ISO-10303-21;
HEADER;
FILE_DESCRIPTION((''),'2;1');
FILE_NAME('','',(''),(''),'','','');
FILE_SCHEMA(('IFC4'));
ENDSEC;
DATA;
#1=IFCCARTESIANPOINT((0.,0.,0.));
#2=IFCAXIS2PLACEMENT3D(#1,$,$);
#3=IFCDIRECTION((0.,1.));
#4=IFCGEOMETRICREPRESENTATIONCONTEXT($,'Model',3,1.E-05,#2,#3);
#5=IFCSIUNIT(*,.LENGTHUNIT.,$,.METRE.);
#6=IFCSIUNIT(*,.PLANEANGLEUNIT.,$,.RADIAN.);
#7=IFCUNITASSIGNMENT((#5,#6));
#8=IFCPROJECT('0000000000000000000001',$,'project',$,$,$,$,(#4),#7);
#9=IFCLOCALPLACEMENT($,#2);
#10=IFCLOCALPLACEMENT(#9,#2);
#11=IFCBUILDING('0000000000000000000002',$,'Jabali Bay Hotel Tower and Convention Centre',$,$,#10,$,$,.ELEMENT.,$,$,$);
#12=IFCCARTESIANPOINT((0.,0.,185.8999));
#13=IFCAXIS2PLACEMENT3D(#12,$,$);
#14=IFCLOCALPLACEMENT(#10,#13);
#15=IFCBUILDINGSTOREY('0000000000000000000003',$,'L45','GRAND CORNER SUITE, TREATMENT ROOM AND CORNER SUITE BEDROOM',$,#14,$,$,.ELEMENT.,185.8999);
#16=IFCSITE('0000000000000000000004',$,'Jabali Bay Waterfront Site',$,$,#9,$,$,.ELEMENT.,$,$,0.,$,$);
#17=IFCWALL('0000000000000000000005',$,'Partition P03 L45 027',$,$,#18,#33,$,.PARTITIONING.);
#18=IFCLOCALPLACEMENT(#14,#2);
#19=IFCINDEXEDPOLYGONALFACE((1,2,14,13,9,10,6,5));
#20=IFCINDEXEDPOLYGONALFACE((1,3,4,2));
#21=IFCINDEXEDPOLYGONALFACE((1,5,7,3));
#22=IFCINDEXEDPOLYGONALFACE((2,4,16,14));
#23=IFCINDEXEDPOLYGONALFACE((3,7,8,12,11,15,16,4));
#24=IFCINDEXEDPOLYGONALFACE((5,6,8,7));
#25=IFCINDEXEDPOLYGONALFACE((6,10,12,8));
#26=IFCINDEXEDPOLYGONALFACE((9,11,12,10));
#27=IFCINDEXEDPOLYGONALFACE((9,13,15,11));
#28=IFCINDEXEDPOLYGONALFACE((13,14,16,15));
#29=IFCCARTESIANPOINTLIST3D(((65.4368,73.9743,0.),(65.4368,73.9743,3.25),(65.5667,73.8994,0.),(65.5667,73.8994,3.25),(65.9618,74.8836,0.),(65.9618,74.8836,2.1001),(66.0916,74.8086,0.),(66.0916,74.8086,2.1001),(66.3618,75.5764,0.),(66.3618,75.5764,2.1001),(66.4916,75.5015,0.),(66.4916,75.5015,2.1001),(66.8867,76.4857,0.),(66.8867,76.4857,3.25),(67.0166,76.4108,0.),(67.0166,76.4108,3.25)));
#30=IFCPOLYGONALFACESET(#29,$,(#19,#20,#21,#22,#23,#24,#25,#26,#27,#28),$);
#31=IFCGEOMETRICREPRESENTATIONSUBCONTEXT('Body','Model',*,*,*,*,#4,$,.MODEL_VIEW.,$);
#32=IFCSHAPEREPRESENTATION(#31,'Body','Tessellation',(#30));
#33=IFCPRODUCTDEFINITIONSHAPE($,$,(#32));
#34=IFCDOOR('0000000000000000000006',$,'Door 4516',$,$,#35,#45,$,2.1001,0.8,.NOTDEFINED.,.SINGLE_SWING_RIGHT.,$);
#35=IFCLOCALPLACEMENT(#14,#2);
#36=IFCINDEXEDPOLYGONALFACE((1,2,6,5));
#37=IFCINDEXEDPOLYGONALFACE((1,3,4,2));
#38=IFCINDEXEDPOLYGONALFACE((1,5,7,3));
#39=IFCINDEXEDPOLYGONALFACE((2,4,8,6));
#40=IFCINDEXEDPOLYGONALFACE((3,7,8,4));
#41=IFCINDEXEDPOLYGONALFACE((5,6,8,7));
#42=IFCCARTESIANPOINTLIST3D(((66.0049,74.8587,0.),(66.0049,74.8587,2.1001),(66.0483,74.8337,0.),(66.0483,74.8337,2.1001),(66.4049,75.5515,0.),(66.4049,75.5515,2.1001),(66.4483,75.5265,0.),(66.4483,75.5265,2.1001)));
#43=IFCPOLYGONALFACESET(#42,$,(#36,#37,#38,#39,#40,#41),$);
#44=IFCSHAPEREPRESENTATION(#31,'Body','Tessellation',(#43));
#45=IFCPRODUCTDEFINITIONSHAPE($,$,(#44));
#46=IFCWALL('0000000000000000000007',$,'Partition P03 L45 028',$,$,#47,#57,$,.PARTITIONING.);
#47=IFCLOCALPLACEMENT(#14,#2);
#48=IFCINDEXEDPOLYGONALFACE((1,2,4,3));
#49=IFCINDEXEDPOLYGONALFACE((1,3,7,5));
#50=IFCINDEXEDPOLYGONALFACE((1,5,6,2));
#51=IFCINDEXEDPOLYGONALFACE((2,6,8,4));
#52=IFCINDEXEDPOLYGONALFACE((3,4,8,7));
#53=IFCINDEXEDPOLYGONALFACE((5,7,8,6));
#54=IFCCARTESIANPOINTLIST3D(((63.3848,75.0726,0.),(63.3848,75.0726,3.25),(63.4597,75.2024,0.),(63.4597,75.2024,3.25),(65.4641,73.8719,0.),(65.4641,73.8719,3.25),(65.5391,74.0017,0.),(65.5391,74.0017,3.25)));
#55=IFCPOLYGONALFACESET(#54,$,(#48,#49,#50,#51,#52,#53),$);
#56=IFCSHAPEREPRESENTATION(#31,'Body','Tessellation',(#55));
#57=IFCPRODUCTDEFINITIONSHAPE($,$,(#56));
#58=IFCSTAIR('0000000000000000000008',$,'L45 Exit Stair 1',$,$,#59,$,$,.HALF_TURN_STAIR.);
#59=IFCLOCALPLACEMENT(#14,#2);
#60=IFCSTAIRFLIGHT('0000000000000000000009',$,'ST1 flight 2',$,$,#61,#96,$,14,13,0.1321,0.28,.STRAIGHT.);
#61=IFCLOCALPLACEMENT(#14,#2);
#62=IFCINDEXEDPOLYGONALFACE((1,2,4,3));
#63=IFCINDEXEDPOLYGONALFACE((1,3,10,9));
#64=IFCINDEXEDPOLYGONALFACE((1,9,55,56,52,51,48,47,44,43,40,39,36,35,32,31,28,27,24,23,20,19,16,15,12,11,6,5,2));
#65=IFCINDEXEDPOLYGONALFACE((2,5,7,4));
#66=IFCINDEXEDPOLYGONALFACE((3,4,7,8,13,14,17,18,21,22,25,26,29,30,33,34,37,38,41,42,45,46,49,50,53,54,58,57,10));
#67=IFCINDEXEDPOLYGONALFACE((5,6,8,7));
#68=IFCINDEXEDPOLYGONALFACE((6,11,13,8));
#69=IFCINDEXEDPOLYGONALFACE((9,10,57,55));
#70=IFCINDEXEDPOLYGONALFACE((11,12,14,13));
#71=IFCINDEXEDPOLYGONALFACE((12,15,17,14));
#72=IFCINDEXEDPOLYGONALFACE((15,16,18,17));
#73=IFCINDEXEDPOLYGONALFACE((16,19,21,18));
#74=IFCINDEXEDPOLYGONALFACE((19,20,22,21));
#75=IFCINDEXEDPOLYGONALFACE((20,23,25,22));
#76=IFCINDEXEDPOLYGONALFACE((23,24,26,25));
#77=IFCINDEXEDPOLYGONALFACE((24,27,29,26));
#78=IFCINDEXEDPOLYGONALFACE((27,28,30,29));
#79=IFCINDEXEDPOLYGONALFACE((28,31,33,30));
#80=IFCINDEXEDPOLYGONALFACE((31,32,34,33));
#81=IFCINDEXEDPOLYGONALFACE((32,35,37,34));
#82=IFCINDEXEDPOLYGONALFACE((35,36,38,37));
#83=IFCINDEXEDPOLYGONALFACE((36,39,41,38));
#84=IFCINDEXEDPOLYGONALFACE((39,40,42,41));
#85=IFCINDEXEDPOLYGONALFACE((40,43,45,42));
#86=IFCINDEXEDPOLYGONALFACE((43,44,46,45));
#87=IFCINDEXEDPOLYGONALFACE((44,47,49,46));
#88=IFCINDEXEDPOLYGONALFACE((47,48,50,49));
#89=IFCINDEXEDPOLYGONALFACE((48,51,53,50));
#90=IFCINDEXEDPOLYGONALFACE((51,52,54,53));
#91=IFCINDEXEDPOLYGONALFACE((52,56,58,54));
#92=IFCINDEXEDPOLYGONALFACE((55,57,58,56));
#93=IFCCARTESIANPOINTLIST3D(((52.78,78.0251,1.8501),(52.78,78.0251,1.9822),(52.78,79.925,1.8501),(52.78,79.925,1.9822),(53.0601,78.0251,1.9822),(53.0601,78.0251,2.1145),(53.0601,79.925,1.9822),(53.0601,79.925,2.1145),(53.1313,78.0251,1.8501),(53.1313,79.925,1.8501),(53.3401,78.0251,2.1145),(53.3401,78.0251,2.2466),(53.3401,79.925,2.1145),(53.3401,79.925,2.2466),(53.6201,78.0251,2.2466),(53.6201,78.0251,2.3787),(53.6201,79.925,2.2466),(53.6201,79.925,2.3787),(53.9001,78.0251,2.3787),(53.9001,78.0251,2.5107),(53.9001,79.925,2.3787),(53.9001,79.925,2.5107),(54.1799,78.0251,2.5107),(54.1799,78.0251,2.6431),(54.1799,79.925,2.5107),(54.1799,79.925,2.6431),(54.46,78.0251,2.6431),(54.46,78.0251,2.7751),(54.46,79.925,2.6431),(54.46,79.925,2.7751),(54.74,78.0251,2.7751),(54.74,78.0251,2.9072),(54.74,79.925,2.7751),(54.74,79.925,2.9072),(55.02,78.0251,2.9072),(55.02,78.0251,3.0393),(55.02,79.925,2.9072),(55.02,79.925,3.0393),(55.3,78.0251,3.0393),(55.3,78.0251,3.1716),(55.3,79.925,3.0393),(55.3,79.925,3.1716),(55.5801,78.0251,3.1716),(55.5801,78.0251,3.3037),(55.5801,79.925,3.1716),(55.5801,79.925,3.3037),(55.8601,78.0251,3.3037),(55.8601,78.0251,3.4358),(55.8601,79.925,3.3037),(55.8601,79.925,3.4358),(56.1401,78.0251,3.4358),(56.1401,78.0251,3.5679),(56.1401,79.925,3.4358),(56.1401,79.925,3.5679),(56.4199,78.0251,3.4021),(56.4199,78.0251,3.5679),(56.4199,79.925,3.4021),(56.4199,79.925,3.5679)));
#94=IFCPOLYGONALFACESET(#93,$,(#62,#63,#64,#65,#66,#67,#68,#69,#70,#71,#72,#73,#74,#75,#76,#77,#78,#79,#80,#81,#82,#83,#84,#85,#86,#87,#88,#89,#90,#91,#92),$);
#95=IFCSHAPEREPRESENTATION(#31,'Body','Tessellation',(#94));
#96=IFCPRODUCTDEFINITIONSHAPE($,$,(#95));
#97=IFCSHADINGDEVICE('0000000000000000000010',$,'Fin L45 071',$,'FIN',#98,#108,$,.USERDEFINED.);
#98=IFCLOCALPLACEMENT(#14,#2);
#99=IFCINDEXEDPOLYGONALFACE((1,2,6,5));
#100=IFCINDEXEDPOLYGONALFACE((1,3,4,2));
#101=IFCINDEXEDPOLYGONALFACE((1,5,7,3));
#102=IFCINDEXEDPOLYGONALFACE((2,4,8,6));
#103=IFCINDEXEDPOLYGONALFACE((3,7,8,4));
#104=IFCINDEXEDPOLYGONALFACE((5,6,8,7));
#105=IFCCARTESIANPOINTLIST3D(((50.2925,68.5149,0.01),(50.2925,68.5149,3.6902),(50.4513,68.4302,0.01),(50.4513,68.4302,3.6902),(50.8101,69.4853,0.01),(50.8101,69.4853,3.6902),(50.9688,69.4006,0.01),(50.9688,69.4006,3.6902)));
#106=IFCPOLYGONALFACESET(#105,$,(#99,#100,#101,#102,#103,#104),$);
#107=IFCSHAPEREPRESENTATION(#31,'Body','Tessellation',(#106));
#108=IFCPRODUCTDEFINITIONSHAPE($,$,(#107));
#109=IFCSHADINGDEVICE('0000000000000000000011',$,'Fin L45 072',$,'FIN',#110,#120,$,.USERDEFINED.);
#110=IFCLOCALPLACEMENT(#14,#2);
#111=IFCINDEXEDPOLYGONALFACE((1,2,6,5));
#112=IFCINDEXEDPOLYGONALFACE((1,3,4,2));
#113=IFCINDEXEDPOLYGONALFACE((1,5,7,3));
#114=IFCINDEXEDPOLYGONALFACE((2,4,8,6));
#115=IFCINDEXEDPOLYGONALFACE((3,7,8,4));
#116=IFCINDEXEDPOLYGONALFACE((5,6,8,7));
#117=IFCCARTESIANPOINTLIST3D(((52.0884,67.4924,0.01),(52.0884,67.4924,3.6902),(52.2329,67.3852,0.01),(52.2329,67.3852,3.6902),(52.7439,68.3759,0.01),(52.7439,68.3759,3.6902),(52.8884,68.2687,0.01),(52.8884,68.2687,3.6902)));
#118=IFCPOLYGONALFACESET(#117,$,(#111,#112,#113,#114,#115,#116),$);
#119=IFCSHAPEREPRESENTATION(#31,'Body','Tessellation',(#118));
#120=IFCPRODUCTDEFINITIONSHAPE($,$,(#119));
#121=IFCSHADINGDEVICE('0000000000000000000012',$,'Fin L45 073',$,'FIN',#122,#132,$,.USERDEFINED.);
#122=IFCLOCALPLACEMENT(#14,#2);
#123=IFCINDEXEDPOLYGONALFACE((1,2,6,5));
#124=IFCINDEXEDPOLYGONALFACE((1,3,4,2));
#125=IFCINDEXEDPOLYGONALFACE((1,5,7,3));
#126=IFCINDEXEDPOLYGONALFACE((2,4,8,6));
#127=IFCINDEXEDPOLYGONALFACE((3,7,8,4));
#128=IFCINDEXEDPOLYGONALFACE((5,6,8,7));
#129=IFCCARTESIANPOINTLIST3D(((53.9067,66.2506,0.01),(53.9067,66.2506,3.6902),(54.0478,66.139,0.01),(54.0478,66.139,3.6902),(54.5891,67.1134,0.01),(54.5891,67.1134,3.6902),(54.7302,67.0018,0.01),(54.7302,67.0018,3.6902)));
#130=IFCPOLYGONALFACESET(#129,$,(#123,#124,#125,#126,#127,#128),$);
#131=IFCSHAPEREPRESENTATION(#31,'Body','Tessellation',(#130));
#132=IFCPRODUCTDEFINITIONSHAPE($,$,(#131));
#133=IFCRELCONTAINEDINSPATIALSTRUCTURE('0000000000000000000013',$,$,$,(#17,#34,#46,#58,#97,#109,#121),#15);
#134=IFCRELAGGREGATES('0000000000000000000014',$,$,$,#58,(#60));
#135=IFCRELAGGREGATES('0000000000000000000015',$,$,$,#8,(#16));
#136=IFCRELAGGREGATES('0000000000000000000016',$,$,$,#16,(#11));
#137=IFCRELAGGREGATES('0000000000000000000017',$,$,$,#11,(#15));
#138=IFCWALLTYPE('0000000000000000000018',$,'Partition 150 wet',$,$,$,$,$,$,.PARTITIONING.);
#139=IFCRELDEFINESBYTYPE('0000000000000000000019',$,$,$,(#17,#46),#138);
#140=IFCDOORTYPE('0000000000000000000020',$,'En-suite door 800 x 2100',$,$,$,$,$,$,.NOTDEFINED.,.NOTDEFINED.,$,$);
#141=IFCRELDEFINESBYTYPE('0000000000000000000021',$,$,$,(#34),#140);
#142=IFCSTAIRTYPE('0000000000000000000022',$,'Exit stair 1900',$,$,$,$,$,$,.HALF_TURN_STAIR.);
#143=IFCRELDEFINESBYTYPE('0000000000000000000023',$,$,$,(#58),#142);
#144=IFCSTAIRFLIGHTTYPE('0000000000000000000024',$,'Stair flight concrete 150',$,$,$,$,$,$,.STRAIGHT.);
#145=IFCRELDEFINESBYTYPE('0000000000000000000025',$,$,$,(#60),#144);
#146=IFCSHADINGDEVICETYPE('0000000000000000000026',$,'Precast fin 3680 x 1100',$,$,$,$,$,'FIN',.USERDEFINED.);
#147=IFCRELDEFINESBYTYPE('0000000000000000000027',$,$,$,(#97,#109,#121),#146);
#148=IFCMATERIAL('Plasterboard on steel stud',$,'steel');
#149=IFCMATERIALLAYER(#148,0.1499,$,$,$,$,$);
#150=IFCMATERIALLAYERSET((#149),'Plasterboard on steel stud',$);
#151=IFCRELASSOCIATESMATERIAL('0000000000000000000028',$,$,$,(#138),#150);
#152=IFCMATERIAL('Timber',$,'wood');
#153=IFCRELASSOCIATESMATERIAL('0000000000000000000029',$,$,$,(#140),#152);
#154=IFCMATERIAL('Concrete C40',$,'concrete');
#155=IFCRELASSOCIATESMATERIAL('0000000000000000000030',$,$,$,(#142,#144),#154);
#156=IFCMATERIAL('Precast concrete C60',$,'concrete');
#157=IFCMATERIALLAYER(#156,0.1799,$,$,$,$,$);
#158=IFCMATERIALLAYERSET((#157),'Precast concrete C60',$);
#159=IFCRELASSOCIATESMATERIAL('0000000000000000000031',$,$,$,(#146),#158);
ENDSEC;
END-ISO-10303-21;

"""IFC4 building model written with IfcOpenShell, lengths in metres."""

from ifc_helpers import new_model, si_unit, direction, frame, frame_2d, origin, place, context, subcontext, project, spatial, polyline, rectangle, outline, extrude, material, layer, layer_set, type_object, element, fill, aggregate, save


model = new_model("IFC4")

# Units and contexts
model_context = context("Model", 3, precision=1e-05, world=origin(), true_north=direction((0.0, 1.0)))
body_context = subcontext(model_context, "Body", "Model", "MODEL_VIEW")
ifc_project = project(units=[si_unit("LENGTHUNIT", "METRE"), si_unit("PLANEANGLEUNIT", "RADIAN")], contexts=[model_context])

# Site, building, storey
site_placement = place(None, origin())
site = spatial("IfcSite", under=ifc_project, at=site_placement, Name="Jabali Bay Waterfront Site", CompositionType="ELEMENT", RefElevation=0.0)
building_placement = place(site_placement, origin())
building = spatial("IfcBuilding", under=site, at=building_placement, Name="Jabali Bay Hotel Tower and Convention Centre", CompositionType="ELEMENT")
storey_placement = place(building_placement, frame((0.0, 0.0, 185.8999)))
storey = spatial("IfcBuildingStorey", under=building, at=storey_placement, Name="L45", Description="GRAND CORNER SUITE, TREATMENT ROOM AND CORNER SUITE BEDROOM", CompositionType="ELEMENT", Elevation=185.8999)

# Shared definitions
ifc_material_1 = material(Name="Concrete C40", Category="concrete")

# Shared definitions
ifc_material_2 = material(Name="Timber", Category="wood")

# Wall, opening, door
ifc_material_3 = material(Name="Plasterboard on steel stud", Category="steel")
ifc_layer_1 = layer(ifc_material_3, 0.1499)
ifc_layer_set_1 = layer_set([ifc_layer_1], Name="Plasterboard on steel stud")
wall_type_1 = type_object("IfcWallType", Name="Partition 150 wet", PredefinedType="PARTITIONING", material=ifc_layer_set_1)
wall_1_placement = place(storey_placement, frame((66.9517, 76.4482, 0.0), z_axis=(0.0, 0.0, 1.0), x_axis=(-0.499987, -0.866033, 0.0)))
wall_1 = element("IfcWall", 1, at=wall_1_placement, inside=storey, type_object=wall_type_1, Name="Partition P03 L45 027", PredefinedType="PARTITIONING", context=body_context, shape_type="SweptSolid", body=[
    extrude(rectangle(XDim=2.8999, YDim=0.1499, at=frame_2d((1.45, 0.0))), origin(), (0.0, 0.0, 1.0), 3.25),
])
opening_1_placement = place(wall_1_placement, frame((1.05, 0.0, 0.0)))
opening_1 = element("IfcOpeningElement", 2, at=opening_1_placement, cuts=wall_1, PredefinedType="OPENING", context=body_context, shape_type="SweptSolid", body=[
    extrude(rectangle(XDim=0.8, YDim=2.1001, at=frame_2d((0.3999, 1.05))), frame((0.0, 0.0854, 0.0), z_axis=(0.0, -1.0, 0.0), x_axis=(1.0, 0.0, 0.0)), (0.0, 0.0, 1.0), 0.1709),
])
door_type_1 = type_object("IfcDoorType", Name="En-suite door 800 x 2100", OperationType="NOTDEFINED", PredefinedType="NOTDEFINED", material=ifc_material_2)
door_1_placement = place(opening_1_placement, origin())
door_1 = element("IfcDoor", 3, at=door_1_placement, inside=storey, type_object=door_type_1, Name="Door 4516", OperationType="SINGLE_SWING_RIGHT", OverallHeight=2.1001, OverallWidth=0.8, PredefinedType="NOTDEFINED", context=body_context, shape_type="SweptSolid", body=[
    extrude(rectangle(XDim=0.8, YDim=2.1001, at=frame_2d((0.3999, 1.05))), frame((0.0, 0.0249, 0.0), z_axis=(0.0, -1.0, 0.0), x_axis=(1.0, 0.0, 0.0)), (0.0, 0.0, 1.0), 0.05),
])
fill(opening_1, door_1)

# Wall
wall_2_placement = place(storey_placement, frame((65.5017, 73.9368, 0.0), z_axis=(0.0, 0.0, 1.0), x_axis=(-0.865994, 0.500054, 0.0)))
element("IfcWall", 4, at=wall_2_placement, inside=storey, type_object=wall_type_1, Name="Partition P03 L45 028", PredefinedType="PARTITIONING", context=body_context, shape_type="SweptSolid", body=[
    extrude(rectangle(XDim=2.4011, YDim=0.1499, at=frame_2d((1.2007, 0.0))), origin(), (0.0, 0.0, 1.0), 3.25),
])

# Stair, stair flight
stair_type = type_object("IfcStairType", Name="Exit stair 1900", PredefinedType="HALF_TURN_STAIR", material=ifc_material_1)
stair_placement = place(storey_placement, origin())
stair = element("IfcStair", 5, at=stair_placement, inside=storey, type_object=stair_type, Name="L45 Exit Stair 1", PredefinedType="HALF_TURN_STAIR")
stair_flight_type = type_object("IfcStairFlightType", Name="Stair flight concrete 150", PredefinedType="STRAIGHT", material=ifc_material_1)
stair_flight_placement = place(storey_placement, frame((52.78, 78.9751, 1.8501), z_axis=(0.0, 0.0, 1.0), x_axis=(1.0, 0.0, 0.0)))
stair_flight = element("IfcStairFlight", 6, at=stair_flight_placement, type_object=stair_flight_type, Name="ST1 flight 2", NumberOfRisers=14, NumberOfTreads=13, PredefinedType="STRAIGHT", RiserHeight=0.1321, TreadLength=0.28, context=body_context, shape_type="SweptSolid", body=[
    extrude(outline(polyline([(0.0, 0.0), (0.0, 0.1321), (0.28, 0.1321), (0.28, 0.2644), (0.5601, 0.2644), (0.5601, 0.3965), (0.8401, 0.3965), (0.8401, 0.5286), (1.1201, 0.5286), (1.1201, 0.6606), (1.3999, 0.6606), (1.3999, 0.793), (1.6799, 0.793), (1.6799, 0.925), (1.96, 0.925), (1.96, 1.0571), (2.24, 1.0571), (2.24, 1.1892), (2.52, 1.1892), (2.52, 1.3215), (2.8, 1.3215), (2.8, 1.4536), (3.0801, 1.4536), (3.0801, 1.5857), (3.3601, 1.5857), (3.3601, 1.7178), (3.6399, 1.7178), (3.6399, 1.8501), (3.6399, 1.552), (0.3513, 0.0), (0.0, 0.0)])), frame((0.0, 0.95, 0.0), z_axis=(0.0, -1.0, 0.0), x_axis=(1.0, 0.0, 0.0)), (0.0, 0.0, 1.0), 1.8999),
])
aggregate(stair, [stair_flight])

# Shading devices
ifc_material_4 = material(Name="Precast concrete C60", Category="concrete")
ifc_layer_2 = layer(ifc_material_4, 0.1799)
ifc_layer_set_2 = layer_set([ifc_layer_2], Name="Precast concrete C60")
shading_device_type = type_object("IfcShadingDeviceType", Name="Precast fin 3680 x 1100", ElementType="FIN", PredefinedType="USERDEFINED", material=ifc_layer_set_2)
shading_device_placement = place(storey_placement, frame((50.8894, 69.4429, 0.01), z_axis=(0.0, 0.0, 1.0), x_axis=(-0.470588, -0.882353, 0.0)))
element("IfcShadingDevice", 7, at=shading_device_placement, inside=storey, type_object=shading_device_type, Name="Fin L45 071", ObjectType="FIN", PredefinedType="USERDEFINED", context=body_context, shape_type="SweptSolid", body=[
    extrude(rectangle(XDim=1.0999, YDim=0.1799, at=frame_2d((0.5498, 0.0))), origin(), (0.0, 0.0, 1.0), 3.6802),
])
for number, where, z_axis, x_axis, name in (
    (8, (52.8162, 68.3223, 0.01), (0.0, 0.0, 1.0), (-0.595838, -0.803105, 0.0), "Fin L45 072"),
    (9, (54.6597, 67.0576, 0.01), (0.0, 0.0, 1.0), (-0.620328, -0.784343, 0.0), "Fin L45 073"),
):
    element("IfcShadingDevice", number, at=place(storey_placement, frame(where, z_axis=z_axis, x_axis=x_axis)), inside=storey, type_object=shading_device_type, Name=name, ObjectType="FIN", PredefinedType="USERDEFINED", context=body_context, shape_type="SweptSolid", body=[
        extrude(rectangle(XDim=1.1001, YDim=0.1799, at=frame_2d((0.55, 0.0))), origin(), (0.0, 0.0, 1.0), 3.6802),
    ])

save(model, "model.ifc")
